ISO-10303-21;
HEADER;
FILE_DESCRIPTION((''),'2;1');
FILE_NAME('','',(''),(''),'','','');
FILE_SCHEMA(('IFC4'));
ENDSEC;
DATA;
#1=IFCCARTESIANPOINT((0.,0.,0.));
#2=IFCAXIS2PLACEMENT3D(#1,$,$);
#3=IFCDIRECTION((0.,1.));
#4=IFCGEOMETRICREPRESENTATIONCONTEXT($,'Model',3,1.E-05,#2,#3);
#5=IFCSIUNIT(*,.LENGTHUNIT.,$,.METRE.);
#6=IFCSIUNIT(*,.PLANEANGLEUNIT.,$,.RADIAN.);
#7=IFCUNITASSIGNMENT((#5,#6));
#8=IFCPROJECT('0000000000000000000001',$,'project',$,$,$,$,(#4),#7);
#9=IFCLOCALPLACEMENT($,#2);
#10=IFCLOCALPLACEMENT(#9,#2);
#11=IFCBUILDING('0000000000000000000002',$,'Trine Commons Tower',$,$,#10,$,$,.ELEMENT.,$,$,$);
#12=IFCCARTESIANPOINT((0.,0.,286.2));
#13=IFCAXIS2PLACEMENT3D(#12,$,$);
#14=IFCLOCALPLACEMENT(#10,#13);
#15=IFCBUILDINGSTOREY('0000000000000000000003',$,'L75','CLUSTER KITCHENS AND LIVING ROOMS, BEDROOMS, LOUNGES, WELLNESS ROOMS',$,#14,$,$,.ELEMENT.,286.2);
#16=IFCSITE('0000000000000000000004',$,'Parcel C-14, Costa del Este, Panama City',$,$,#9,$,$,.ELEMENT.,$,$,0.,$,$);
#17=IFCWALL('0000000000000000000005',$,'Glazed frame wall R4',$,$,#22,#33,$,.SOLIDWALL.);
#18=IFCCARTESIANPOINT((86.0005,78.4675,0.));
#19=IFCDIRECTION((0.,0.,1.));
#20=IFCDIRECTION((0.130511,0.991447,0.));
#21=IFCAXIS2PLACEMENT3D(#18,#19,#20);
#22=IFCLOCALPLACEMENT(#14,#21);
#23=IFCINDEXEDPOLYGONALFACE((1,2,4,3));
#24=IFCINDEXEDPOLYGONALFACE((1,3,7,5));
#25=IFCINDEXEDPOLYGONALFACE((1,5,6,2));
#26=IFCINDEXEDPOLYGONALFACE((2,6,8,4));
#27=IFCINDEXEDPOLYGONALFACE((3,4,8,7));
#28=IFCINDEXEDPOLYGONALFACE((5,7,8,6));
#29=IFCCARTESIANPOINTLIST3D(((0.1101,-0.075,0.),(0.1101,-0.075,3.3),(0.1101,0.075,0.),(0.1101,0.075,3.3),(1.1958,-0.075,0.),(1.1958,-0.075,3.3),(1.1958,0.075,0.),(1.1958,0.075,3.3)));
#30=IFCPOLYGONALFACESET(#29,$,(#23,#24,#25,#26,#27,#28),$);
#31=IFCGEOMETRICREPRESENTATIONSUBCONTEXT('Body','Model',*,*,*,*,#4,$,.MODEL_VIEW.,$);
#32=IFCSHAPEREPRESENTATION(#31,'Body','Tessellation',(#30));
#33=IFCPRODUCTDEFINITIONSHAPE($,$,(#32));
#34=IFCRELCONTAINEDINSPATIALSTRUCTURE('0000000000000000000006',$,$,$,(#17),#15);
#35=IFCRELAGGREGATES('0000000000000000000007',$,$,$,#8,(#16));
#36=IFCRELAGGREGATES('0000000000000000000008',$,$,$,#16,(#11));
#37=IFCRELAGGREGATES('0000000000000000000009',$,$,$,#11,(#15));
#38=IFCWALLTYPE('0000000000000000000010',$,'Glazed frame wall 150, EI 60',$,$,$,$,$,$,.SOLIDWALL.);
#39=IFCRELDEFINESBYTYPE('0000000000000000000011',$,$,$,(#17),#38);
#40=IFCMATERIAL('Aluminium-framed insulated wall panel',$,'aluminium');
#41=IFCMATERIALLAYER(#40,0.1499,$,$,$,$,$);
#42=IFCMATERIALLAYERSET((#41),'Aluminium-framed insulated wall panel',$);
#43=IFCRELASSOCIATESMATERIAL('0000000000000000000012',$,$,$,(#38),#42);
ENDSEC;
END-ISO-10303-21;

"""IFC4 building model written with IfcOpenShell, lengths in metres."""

from ifc_helpers import new_model, si_unit, direction, frame, origin, place, context, subcontext, project, spatial, polyline, outline, extrude, material, layer, layer_set, type_object, element, save


model = new_model("IFC4")

# Units and contexts
model_context = context("Model", 3, precision=1e-05, world=origin(), true_north=direction((0.0, 1.0)))
body_context = subcontext(model_context, "Body", "Model", "MODEL_VIEW")
ifc_project = project(units=[si_unit("LENGTHUNIT", "METRE"), si_unit("PLANEANGLEUNIT", "RADIAN")], contexts=[model_context])

# Site, building, storey
site_placement = place(None, origin())
site = spatial("IfcSite", under=ifc_project, at=site_placement, Name="Parcel C-14, Costa del Este, Panama City", CompositionType="ELEMENT", RefElevation=0.0)
building_placement = place(site_placement, origin())
building = spatial("IfcBuilding", under=site, at=building_placement, Name="Trine Commons Tower", CompositionType="ELEMENT")
storey_placement = place(building_placement, frame((0.0, 0.0, 286.2)))
storey = spatial("IfcBuildingStorey", under=building, at=storey_placement, Name="L75", Description="CLUSTER KITCHENS AND LIVING ROOMS, BEDROOMS, LOUNGES, WELLNESS ROOMS", CompositionType="ELEMENT", Elevation=286.2)

# Shared definitions
ifc_material_1 = material(Name="Aluminium-framed insulated wall panel", Category="aluminium")
ifc_layer_1 = layer(ifc_material_1, 0.1499)
ifc_layer_set_1 = layer_set([ifc_layer_1], Name="Aluminium-framed insulated wall panel")
wall_type_1 = type_object("IfcWallType", Name="Glazed frame wall 150, EI 60", PredefinedType="SOLIDWALL", material=ifc_layer_set_1)

# Wall
wall_1_placement = place(storey_placement, frame((86.0005, 78.4675, 0.0), z_axis=(0.0, 0.0, 1.0), x_axis=(0.130511, 0.991447, 0.0)))
element("IfcWall", 1, at=wall_1_placement, inside=storey, type_object=wall_type_1, Name="Glazed frame wall R4", PredefinedType="SOLIDWALL", context=body_context, shape_type="SweptSolid", body=[
    extrude(outline(polyline([(0.1101, 0.075), (0.1101, -0.075), (1.1958, -0.075), (1.1958, 0.075), (0.1101, 0.075)])), origin(), (0.0, 0.0, 1.0), 3.3),
])

save(model, "model.ifc")
